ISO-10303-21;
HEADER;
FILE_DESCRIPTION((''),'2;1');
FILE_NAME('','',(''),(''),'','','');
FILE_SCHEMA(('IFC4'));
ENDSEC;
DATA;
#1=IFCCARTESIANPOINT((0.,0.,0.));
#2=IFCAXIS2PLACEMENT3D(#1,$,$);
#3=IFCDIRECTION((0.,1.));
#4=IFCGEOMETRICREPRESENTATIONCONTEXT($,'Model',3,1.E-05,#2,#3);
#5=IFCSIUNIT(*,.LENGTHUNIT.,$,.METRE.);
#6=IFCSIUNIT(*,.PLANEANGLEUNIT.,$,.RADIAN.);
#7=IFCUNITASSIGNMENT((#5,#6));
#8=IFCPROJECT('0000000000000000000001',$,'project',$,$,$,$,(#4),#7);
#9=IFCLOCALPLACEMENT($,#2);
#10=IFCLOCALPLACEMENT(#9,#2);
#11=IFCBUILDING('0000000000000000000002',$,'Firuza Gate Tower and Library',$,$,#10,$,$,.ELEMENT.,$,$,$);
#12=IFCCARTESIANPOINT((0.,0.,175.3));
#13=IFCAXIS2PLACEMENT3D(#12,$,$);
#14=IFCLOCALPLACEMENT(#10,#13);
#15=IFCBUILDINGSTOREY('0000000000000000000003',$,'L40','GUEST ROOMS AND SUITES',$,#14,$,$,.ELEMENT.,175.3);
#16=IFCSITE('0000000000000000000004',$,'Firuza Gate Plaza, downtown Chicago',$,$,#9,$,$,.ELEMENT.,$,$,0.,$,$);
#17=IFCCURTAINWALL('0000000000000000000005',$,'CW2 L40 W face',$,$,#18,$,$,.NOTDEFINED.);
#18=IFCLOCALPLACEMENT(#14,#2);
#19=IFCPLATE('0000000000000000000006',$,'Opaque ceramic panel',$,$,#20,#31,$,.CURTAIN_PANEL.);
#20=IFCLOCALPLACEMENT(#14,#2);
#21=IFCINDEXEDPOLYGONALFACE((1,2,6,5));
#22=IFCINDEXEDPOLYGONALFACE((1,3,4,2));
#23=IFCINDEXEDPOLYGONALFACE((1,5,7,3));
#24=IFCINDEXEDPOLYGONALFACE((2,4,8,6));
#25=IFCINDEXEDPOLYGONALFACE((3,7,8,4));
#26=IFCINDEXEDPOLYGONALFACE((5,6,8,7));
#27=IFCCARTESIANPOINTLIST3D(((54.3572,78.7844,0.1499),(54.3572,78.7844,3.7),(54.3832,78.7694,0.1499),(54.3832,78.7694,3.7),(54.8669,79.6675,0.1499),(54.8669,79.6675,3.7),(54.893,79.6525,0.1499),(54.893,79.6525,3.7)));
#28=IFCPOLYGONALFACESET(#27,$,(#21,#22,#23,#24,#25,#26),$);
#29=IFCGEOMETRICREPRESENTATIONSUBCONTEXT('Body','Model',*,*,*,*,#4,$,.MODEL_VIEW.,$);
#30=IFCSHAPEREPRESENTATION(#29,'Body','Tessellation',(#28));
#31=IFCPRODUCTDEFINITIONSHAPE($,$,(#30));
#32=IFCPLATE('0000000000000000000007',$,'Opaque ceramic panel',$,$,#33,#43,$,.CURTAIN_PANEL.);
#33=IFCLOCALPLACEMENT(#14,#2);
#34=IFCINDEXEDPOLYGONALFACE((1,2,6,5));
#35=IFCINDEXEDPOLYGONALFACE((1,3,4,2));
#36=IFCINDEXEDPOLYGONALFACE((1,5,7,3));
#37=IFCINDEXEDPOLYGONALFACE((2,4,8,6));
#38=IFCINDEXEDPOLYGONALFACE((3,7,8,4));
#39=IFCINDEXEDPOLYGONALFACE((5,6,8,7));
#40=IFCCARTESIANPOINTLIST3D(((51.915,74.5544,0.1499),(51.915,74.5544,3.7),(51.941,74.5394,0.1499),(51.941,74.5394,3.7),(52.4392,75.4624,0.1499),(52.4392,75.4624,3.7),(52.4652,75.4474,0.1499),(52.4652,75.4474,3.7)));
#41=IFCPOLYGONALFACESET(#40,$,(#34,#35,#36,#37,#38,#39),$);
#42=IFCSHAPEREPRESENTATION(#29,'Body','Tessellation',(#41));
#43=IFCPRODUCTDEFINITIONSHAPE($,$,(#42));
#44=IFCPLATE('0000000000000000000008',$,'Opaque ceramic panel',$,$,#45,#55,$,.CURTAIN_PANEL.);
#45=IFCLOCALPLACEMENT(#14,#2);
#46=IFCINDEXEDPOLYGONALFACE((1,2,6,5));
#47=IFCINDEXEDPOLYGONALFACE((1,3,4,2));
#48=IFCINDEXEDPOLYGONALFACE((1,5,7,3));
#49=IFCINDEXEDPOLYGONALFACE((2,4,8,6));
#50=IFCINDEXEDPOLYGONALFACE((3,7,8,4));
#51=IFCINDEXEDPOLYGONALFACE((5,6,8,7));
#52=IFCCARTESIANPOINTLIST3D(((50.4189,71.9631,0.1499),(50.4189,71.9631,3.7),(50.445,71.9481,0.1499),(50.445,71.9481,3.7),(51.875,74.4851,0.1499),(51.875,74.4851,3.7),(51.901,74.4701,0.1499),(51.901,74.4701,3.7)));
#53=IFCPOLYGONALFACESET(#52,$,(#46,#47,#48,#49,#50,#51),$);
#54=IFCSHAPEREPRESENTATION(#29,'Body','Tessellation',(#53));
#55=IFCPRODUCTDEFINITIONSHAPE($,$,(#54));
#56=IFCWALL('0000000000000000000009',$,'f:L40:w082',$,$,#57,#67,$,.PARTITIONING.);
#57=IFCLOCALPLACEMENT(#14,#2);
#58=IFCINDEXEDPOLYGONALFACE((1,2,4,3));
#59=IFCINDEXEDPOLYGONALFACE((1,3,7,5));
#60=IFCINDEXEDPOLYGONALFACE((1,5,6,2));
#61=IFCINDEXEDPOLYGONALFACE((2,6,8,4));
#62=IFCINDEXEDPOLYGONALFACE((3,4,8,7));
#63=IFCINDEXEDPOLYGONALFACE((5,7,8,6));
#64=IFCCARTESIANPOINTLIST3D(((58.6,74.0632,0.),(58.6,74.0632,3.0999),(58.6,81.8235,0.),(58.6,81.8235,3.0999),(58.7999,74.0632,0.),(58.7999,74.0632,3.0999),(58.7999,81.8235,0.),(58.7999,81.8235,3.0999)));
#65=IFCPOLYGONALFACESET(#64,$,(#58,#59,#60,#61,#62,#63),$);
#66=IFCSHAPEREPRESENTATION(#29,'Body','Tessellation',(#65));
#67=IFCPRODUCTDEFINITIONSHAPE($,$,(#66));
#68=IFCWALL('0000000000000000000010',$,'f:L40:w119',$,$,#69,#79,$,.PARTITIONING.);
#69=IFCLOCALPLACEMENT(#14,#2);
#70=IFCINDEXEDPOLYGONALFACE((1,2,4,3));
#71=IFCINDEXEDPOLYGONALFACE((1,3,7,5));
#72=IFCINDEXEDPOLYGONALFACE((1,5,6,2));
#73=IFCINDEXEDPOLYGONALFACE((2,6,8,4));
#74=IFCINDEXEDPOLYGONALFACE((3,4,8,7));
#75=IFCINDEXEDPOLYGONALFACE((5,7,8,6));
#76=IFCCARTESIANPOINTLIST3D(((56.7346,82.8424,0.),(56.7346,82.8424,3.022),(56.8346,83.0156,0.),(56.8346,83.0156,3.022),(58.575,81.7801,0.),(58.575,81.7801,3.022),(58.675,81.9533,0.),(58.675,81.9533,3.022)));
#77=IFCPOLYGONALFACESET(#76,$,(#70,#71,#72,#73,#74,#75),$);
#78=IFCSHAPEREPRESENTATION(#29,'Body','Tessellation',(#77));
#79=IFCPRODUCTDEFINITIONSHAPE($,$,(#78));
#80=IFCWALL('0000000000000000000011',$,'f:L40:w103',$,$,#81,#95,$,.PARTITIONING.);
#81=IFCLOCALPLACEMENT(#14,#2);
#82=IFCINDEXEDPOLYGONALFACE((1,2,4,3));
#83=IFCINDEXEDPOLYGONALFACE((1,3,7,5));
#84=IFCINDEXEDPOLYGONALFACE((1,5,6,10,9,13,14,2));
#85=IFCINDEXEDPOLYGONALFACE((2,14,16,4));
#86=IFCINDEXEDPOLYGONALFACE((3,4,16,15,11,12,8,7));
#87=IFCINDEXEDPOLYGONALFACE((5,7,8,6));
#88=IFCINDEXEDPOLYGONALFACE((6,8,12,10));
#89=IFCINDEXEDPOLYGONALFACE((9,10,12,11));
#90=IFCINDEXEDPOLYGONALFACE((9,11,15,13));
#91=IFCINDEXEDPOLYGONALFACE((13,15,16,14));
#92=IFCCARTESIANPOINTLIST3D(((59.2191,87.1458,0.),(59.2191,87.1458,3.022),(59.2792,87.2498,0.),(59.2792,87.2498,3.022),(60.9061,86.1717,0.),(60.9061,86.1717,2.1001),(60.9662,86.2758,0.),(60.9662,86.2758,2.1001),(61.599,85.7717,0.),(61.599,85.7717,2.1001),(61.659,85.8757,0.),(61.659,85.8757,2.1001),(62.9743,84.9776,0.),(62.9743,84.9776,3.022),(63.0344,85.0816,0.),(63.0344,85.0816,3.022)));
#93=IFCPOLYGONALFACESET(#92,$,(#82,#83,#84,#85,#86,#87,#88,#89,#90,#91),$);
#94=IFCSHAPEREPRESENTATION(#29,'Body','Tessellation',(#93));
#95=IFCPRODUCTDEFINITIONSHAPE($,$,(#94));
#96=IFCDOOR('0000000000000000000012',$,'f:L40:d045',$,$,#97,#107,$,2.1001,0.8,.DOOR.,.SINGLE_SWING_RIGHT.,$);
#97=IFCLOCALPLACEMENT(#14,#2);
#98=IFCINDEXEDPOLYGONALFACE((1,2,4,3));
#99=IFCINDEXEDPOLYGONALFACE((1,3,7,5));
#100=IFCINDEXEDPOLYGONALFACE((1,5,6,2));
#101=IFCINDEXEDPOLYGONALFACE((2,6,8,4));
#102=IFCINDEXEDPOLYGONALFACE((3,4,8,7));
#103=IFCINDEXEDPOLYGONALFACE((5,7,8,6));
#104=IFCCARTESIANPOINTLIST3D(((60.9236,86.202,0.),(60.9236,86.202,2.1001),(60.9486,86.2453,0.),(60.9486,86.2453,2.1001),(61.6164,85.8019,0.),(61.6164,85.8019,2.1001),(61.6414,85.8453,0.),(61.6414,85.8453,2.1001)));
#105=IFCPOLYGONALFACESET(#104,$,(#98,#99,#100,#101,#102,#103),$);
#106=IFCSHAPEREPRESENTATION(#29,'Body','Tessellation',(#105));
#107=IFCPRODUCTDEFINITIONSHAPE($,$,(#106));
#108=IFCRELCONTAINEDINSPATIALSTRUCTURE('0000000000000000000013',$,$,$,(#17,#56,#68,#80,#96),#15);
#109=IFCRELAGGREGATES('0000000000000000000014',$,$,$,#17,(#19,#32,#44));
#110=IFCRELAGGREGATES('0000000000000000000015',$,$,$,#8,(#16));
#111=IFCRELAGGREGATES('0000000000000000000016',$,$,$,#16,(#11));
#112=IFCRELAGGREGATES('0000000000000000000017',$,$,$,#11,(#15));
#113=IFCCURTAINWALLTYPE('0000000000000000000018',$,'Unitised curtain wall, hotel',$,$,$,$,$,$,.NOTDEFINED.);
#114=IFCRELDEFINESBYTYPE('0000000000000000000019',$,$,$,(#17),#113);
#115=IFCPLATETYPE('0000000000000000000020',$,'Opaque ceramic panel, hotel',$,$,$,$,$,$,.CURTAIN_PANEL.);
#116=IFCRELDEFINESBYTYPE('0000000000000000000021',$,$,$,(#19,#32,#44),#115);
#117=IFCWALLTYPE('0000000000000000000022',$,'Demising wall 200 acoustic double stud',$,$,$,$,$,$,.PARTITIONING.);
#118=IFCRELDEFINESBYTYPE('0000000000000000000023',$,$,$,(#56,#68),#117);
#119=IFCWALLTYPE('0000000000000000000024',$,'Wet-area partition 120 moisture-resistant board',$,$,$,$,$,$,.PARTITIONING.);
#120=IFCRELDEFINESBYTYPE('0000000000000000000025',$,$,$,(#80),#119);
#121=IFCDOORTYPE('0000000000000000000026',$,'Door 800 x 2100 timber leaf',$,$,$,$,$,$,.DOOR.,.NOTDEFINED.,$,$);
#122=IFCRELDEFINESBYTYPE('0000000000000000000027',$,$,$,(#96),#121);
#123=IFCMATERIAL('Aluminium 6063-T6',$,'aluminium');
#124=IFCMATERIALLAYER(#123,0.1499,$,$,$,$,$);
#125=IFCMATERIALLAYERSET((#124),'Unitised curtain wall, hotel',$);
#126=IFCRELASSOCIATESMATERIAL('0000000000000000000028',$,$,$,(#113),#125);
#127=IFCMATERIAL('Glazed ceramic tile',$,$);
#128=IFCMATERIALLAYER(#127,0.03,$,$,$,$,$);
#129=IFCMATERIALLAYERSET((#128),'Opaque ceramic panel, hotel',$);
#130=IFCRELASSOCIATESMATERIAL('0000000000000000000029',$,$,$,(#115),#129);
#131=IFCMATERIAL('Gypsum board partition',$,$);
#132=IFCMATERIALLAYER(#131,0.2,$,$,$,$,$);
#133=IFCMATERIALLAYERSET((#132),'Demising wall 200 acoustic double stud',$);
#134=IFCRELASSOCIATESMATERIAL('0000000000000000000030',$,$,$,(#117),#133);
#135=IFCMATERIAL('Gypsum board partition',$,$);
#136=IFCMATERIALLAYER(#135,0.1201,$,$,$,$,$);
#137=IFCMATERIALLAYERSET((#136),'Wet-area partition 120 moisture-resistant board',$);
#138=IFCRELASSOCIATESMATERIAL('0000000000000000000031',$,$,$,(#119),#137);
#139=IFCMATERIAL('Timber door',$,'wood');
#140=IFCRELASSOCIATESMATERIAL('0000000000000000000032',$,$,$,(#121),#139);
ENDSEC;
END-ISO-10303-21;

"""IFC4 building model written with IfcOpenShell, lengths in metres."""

from ifc_helpers import new_model, si_unit, direction, frame, frame_2d, origin, place, context, subcontext, project, spatial, polyline, rectangle, outline, extrude, material, layer, layer_set, type_object, element, fill, aggregate, save


model = new_model("IFC4")

# Units and contexts
model_context = context("Model", 3, precision=1e-05, world=origin(), true_north=direction((0.0, 1.0)))
body_context = subcontext(model_context, "Body", "Model", "MODEL_VIEW")
ifc_project = project(units=[si_unit("LENGTHUNIT", "METRE"), si_unit("PLANEANGLEUNIT", "RADIAN")], contexts=[model_context])

# Site, building, storey
site_placement = place(None, origin())
site = spatial("IfcSite", under=ifc_project, at=site_placement, Name="Firuza Gate Plaza, downtown Chicago", CompositionType="ELEMENT", RefElevation=0.0)
building_placement = place(site_placement, origin())
building = spatial("IfcBuilding", under=site, at=building_placement, Name="Firuza Gate Tower and Library", CompositionType="ELEMENT")
storey_placement = place(building_placement, frame((0.0, 0.0, 175.3)))
storey = spatial("IfcBuildingStorey", under=building, at=storey_placement, Name="L40", Description="GUEST ROOMS AND SUITES", CompositionType="ELEMENT", Elevation=175.3)

# Curtain wall
ifc_material_1 = material(Name="Aluminium 6063-T6", Category="aluminium")
ifc_layer_1 = layer(ifc_material_1, 0.1499)
ifc_layer_set_1 = layer_set([ifc_layer_1], Name="Unitised curtain wall, hotel")
curtain_wall_type = type_object("IfcCurtainWallType", Name="Unitised curtain wall, hotel", PredefinedType="NOTDEFINED", material=ifc_layer_set_1)
curtain_wall_placement = place(storey_placement, origin())
curtain_wall = element("IfcCurtainWall", 1, at=curtain_wall_placement, inside=storey, type_object=curtain_wall_type, Name="CW2 L40 W face", PredefinedType="NOTDEFINED")

# Plates
ifc_material_2 = material(Name="Glazed ceramic tile")
ifc_layer_2 = layer(ifc_material_2, 0.03)
ifc_layer_set_2 = layer_set([ifc_layer_2], Name="Opaque ceramic panel, hotel")
plate_type_1 = type_object("IfcPlateType", Name="Opaque ceramic panel, hotel", PredefinedType="CURTAIN_PANEL", material=ifc_layer_set_2)
plate_1_placement = place(storey_placement, frame((54.8669, 79.6675, 0.1499), z_axis=(-0.866054, 0.49995, 0.0), x_axis=(-0.49995, -0.866054, 0.0)))
plate_1 = element("IfcPlate", 2, at=plate_1_placement, type_object=plate_type_1, Name="Opaque ceramic panel", PredefinedType="CURTAIN_PANEL", context=body_context, shape_type="SweptSolid", body=[
    extrude(outline(polyline([(0.0, 0.0), (1.0196, 0.0), (1.0196, 3.55), (0.0, 3.55), (0.0, 0.0)])), origin(), (0.0, 0.0, -1.0), 0.03),
])
plate_2_placement = place(storey_placement, frame((52.4392, 75.4624, 0.1499), z_axis=(-0.866042, 0.499971, 0.0), x_axis=(-0.499971, -0.866042, 0.0)))
plate_2 = element("IfcPlate", 3, at=plate_2_placement, type_object=plate_type_1, Name="Opaque ceramic panel", PredefinedType="CURTAIN_PANEL", context=body_context, shape_type="SweptSolid", body=[
    extrude(outline(polyline([(0.0, 0.0), (1.0484, 0.0), (1.0484, 3.55), (0.0, 3.55), (0.0, 0.0)])), origin(), (0.0, 0.0, -1.0), 0.03),
])
plate_3_placement = place(storey_placement, frame((51.875, 74.4851, 0.1499), z_axis=(-0.866026, 0.499998, 0.0), x_axis=(-0.499998, -0.866026, 0.0)))
plate_3 = element("IfcPlate", 4, at=plate_3_placement, type_object=plate_type_1, Name="Opaque ceramic panel", PredefinedType="CURTAIN_PANEL", context=body_context, shape_type="SweptSolid", body=[
    extrude(outline(polyline([(0.0, 0.0), (2.9121, 0.0), (2.9121, 3.55), (0.0, 3.55), (0.0, 0.0)])), origin(), (0.0, 0.0, -1.0), 0.03),
])
aggregate(curtain_wall, [plate_1, plate_2, plate_3])

# Walls
ifc_material_3 = material(Name="Gypsum board partition")
ifc_layer_3 = layer(ifc_material_3, 0.2)
ifc_layer_set_3 = layer_set([ifc_layer_3], Name="Demising wall 200 acoustic double stud")
wall_type_1 = type_object("IfcWallType", Name="Demising wall 200 acoustic double stud", PredefinedType="PARTITIONING", material=ifc_layer_set_3)
wall_1_placement = place(storey_placement, frame((58.7, 74.0632, 0.0), z_axis=(0.0, 0.0, 1.0), x_axis=(0.0, 1.0, 0.0)))
element("IfcWall", 5, at=wall_1_placement, inside=storey, type_object=wall_type_1, Name="f:L40:w082", PredefinedType="PARTITIONING", context=body_context, shape_type="SweptSolid", body=[
    extrude(rectangle(XDim=7.7603, YDim=0.2, at=frame_2d((3.8801, 0.0))), origin(), (0.0, 0.0, 1.0), 3.0999),
])
wall_2_placement = place(storey_placement, frame((58.625, 81.8667, 0.0), z_axis=(0.0, 0.0, 1.0), x_axis=(-0.866078, 0.499908, 0.0)))
element("IfcWall", 6, at=wall_2_placement, inside=storey, type_object=wall_type_1, Name="f:L40:w119", PredefinedType="PARTITIONING", context=body_context, shape_type="SweptSolid", body=[
    extrude(rectangle(XDim=2.125, YDim=0.2, at=frame_2d((1.0625, 0.0))), origin(), (0.0, 0.0, 1.0), 3.022),
])

# Wall, opening, door
ifc_material_4 = material(Name="Gypsum board partition")
ifc_layer_4 = layer(ifc_material_4, 0.1201)
ifc_layer_set_4 = layer_set([ifc_layer_4], Name="Wet-area partition 120 moisture-resistant board")
wall_type_2 = type_object("IfcWallType", Name="Wet-area partition 120 moisture-resistant board", PredefinedType="PARTITIONING", material=ifc_layer_set_4)
wall_3_placement = place(storey_placement, frame((59.2493, 87.1978, 0.0), z_axis=(0.0, 0.0, 1.0), x_axis=(0.866006, -0.500033, 0.0)))
wall_3 = element("IfcWall", 7, at=wall_3_placement, inside=storey, type_object=wall_type_2, Name="f:L40:w103", PredefinedType="PARTITIONING", context=body_context, shape_type="SweptSolid", body=[
    extrude(rectangle(XDim=4.3362, YDim=0.1201, at=frame_2d((2.168, 0.0))), origin(), (0.0, 0.0, 1.0), 3.022),
])
opening_placement = place(wall_3_placement, frame((1.948, 0.0, 0.0)))
opening = element("IfcOpeningElement", 8, at=opening_placement, cuts=wall_3, PredefinedType="OPENING", context=body_context, shape_type="SweptSolid", body=[
    extrude(rectangle(XDim=0.8, YDim=2.1001, at=frame_2d((0.3999, 1.05))), frame((0.0, 0.0701, 0.0), z_axis=(0.0, -1.0, 0.0), x_axis=(1.0, 0.0, 0.0)), (0.0, 0.0, 1.0), 0.1401),
])
ifc_material_5 = material(Name="Timber door", Category="wood")
door_type = type_object("IfcDoorType", Name="Door 800 x 2100 timber leaf", OperationType="NOTDEFINED", PredefinedType="DOOR", material=ifc_material_5)
door_placement = place(opening_placement, origin())
door = element("IfcDoor", 9, at=door_placement, inside=storey, type_object=door_type, Name="f:L40:d045", OperationType="SINGLE_SWING_RIGHT", OverallHeight=2.1001, OverallWidth=0.8, PredefinedType="DOOR", context=body_context, shape_type="SweptSolid", body=[
    extrude(rectangle(XDim=0.8, YDim=2.1001, at=frame_2d((0.3999, 1.05))), frame((0.0, 0.0249, 0.0), z_axis=(0.0, -1.0, 0.0), x_axis=(1.0, 0.0, 0.0)), (0.0, 0.0, 1.0), 0.05),
])
fill(opening, door)

save(model, "model.ifc")
